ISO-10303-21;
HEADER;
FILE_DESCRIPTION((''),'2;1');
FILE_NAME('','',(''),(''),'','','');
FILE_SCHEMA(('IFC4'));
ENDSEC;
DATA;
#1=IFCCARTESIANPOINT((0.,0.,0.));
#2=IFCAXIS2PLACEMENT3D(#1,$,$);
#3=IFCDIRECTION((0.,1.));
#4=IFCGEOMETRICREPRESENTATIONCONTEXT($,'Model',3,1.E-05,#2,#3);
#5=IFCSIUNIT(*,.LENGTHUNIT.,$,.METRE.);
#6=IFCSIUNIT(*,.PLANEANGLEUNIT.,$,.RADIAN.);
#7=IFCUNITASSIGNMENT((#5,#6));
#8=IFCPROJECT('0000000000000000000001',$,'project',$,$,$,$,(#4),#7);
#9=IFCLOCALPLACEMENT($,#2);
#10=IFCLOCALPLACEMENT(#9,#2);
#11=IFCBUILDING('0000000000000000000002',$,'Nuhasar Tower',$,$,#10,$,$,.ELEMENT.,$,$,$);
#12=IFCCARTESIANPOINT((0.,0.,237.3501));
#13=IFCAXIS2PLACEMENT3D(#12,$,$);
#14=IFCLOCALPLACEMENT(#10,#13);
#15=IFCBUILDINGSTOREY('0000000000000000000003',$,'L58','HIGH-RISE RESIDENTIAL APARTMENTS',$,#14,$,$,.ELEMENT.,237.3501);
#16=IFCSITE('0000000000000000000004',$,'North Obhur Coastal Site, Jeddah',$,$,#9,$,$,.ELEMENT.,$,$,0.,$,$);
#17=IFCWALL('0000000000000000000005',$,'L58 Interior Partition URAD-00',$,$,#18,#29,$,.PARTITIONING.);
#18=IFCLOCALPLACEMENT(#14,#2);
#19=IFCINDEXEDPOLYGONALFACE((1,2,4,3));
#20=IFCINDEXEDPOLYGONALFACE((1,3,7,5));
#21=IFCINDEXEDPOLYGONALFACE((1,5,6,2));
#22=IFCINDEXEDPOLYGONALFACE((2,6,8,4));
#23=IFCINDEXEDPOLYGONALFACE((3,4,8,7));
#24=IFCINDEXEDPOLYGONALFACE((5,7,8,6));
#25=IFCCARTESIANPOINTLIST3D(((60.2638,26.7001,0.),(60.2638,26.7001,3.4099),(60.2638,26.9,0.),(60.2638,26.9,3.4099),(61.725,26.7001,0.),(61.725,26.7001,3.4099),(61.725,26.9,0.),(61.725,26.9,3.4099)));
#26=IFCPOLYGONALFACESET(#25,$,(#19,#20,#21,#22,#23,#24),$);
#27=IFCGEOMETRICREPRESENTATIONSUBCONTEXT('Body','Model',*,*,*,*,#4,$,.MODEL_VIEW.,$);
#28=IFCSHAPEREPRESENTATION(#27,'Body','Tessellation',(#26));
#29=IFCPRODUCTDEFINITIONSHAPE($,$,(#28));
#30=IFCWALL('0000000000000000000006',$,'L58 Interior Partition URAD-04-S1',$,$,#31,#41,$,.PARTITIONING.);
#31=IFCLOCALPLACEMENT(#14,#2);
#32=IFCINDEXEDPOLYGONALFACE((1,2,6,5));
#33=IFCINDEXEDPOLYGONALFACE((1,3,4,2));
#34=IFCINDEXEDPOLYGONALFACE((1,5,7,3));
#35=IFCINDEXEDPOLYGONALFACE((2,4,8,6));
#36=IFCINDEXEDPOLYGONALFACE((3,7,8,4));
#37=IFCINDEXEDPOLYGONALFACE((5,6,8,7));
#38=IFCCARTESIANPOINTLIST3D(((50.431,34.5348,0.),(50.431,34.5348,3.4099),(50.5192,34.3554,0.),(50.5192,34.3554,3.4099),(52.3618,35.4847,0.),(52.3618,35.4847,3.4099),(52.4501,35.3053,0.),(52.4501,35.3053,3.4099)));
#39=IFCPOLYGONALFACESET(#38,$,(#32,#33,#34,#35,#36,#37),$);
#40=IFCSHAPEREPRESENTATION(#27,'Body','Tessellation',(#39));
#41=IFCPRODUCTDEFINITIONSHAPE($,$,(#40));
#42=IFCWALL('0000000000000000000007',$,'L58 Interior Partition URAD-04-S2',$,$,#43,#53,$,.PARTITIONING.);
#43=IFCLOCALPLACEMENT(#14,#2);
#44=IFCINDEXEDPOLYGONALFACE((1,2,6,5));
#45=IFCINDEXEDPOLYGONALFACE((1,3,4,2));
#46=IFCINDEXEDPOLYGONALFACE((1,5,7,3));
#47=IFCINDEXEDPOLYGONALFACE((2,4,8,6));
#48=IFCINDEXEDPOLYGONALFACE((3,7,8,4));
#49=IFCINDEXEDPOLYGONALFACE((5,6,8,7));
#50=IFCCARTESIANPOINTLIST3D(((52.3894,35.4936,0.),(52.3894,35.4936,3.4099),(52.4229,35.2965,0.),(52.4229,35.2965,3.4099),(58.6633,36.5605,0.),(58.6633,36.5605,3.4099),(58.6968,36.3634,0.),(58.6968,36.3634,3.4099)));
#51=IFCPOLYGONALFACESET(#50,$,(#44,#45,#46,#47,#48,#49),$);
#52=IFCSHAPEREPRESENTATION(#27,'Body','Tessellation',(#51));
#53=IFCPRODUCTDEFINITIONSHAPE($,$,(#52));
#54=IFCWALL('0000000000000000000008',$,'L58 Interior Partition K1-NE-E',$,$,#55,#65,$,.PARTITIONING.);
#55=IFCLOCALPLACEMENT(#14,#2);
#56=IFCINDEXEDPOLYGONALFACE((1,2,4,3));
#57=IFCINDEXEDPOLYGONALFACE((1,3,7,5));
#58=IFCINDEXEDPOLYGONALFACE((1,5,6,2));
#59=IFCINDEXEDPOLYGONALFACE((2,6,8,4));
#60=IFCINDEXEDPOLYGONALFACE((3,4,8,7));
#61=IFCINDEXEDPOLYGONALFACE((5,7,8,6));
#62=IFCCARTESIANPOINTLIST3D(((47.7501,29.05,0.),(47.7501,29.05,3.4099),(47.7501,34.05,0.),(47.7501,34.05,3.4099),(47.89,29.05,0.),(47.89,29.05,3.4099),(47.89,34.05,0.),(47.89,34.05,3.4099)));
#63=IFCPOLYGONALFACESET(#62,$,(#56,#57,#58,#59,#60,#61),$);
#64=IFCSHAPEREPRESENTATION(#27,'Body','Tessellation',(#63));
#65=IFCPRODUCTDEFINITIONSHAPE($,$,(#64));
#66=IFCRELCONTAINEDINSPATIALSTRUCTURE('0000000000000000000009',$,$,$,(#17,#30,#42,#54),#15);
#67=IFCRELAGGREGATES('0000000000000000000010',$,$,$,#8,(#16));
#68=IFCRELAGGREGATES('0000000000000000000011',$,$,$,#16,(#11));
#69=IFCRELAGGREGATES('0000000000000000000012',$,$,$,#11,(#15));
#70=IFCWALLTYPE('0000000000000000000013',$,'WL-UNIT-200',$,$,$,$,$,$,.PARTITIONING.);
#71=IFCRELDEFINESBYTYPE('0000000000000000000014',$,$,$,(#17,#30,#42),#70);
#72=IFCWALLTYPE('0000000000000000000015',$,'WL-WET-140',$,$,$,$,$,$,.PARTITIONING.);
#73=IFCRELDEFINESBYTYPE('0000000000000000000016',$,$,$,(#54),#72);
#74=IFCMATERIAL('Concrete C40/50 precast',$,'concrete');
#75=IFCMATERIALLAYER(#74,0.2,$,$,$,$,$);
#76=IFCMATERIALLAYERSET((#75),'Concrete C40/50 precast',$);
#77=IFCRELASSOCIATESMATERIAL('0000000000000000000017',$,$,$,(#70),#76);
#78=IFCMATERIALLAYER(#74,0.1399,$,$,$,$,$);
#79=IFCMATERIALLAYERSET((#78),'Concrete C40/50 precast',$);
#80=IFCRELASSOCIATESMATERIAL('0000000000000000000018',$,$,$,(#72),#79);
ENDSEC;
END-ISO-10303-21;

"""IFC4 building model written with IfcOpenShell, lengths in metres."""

from ifc_helpers import new_model, si_unit, direction, frame, frame_2d, origin, place, context, subcontext, project, spatial, rectangle, extrude, material, layer, layer_set, type_object, element, save


model = new_model("IFC4")

# Units and contexts
model_context = context("Model", 3, precision=1e-05, world=origin(), true_north=direction((0.0, 1.0)))
body_context = subcontext(model_context, "Body", "Model", "MODEL_VIEW")
ifc_project = project(units=[si_unit("LENGTHUNIT", "METRE"), si_unit("PLANEANGLEUNIT", "RADIAN")], contexts=[model_context])

# Site, building, storey
site_placement = place(None, origin())
site = spatial("IfcSite", under=ifc_project, at=site_placement, Name="North Obhur Coastal Site, Jeddah", CompositionType="ELEMENT", RefElevation=0.0)
building_placement = place(site_placement, origin())
building = spatial("IfcBuilding", under=site, at=building_placement, Name="Nuhasar Tower", CompositionType="ELEMENT")
storey_placement = place(building_placement, frame((0.0, 0.0, 237.3501)))
storey = spatial("IfcBuildingStorey", under=building, at=storey_placement, Name="L58", Description="HIGH-RISE RESIDENTIAL APARTMENTS", CompositionType="ELEMENT", Elevation=237.3501)

# Walls
ifc_material_1 = material(Name="Concrete C40/50 precast", Category="concrete")
ifc_layer_1 = layer(ifc_material_1, 0.2)
ifc_layer_set_1 = layer_set([ifc_layer_1], Name="Concrete C40/50 precast")
wall_type_1 = type_object("IfcWallType", Name="WL-UNIT-200", PredefinedType="PARTITIONING", material=ifc_layer_set_1)
wall_1_placement = place(storey_placement, frame((60.2639, 26.8, 0.0), z_axis=(0.0, 0.0, 1.0), x_axis=(1.0, 0.0, 0.0)))
element("IfcWall", 1, at=wall_1_placement, inside=storey, type_object=wall_type_1, Name="L58 Interior Partition URAD-00", PredefinedType="PARTITIONING", context=body_context, shape_type="SweptSolid", body=[
    extrude(rectangle(XDim=1.4612, YDim=0.2, at=frame_2d((0.7305, 0.0))), origin(), (0.0, 0.0, 1.0), 3.4099),
])
wall_2_placement = place(storey_placement, frame((50.4751, 34.4451, 0.0), z_axis=(0.0, 0.0, 1.0), x_axis=(0.89729, 0.441441, 0.0)))
element("IfcWall", 2, at=wall_2_placement, inside=storey, type_object=wall_type_1, Name="L58 Interior Partition URAD-04-S1", PredefinedType="PARTITIONING", context=body_context, shape_type="SweptSolid", body=[
    extrude(rectangle(XDim=2.1519, YDim=0.2, at=frame_2d((1.0759, 0.0))), origin(), (0.0, 0.0, 1.0), 3.4099),
])
wall_3_placement = place(storey_placement, frame((52.406, 35.395, 0.0), z_axis=(0.0, 0.0, 1.0), x_axis=(0.985847, 0.167645, 0.0)))
element("IfcWall", 3, at=wall_3_placement, inside=storey, type_object=wall_type_1, Name="L58 Interior Partition URAD-04-S2", PredefinedType="PARTITIONING", context=body_context, shape_type="SweptSolid", body=[
    extrude(rectangle(XDim=6.364, YDim=0.2, at=frame_2d((3.1821, 0.0))), origin(), (0.0, 0.0, 1.0), 3.4099),
])
ifc_layer_2 = layer(ifc_material_1, 0.1399)
ifc_layer_set_2 = layer_set([ifc_layer_2], Name="Concrete C40/50 precast")
wall_type_2 = type_object("IfcWallType", Name="WL-WET-140", PredefinedType="PARTITIONING", material=ifc_layer_set_2)
wall_4_placement = place(storey_placement, frame((47.8201, 29.05, 0.0), z_axis=(0.0, 0.0, 1.0), x_axis=(0.0, 1.0, 0.0)))
element("IfcWall", 4, at=wall_4_placement, inside=storey, type_object=wall_type_2, Name="L58 Interior Partition K1-NE-E", PredefinedType="PARTITIONING", context=body_context, shape_type="SweptSolid", body=[
    extrude(rectangle(XDim=5.0, YDim=0.1399, at=frame_2d((2.5, 0.0))), origin(), (0.0, 0.0, 1.0), 3.4099),
])

save(model, "model.ifc")
